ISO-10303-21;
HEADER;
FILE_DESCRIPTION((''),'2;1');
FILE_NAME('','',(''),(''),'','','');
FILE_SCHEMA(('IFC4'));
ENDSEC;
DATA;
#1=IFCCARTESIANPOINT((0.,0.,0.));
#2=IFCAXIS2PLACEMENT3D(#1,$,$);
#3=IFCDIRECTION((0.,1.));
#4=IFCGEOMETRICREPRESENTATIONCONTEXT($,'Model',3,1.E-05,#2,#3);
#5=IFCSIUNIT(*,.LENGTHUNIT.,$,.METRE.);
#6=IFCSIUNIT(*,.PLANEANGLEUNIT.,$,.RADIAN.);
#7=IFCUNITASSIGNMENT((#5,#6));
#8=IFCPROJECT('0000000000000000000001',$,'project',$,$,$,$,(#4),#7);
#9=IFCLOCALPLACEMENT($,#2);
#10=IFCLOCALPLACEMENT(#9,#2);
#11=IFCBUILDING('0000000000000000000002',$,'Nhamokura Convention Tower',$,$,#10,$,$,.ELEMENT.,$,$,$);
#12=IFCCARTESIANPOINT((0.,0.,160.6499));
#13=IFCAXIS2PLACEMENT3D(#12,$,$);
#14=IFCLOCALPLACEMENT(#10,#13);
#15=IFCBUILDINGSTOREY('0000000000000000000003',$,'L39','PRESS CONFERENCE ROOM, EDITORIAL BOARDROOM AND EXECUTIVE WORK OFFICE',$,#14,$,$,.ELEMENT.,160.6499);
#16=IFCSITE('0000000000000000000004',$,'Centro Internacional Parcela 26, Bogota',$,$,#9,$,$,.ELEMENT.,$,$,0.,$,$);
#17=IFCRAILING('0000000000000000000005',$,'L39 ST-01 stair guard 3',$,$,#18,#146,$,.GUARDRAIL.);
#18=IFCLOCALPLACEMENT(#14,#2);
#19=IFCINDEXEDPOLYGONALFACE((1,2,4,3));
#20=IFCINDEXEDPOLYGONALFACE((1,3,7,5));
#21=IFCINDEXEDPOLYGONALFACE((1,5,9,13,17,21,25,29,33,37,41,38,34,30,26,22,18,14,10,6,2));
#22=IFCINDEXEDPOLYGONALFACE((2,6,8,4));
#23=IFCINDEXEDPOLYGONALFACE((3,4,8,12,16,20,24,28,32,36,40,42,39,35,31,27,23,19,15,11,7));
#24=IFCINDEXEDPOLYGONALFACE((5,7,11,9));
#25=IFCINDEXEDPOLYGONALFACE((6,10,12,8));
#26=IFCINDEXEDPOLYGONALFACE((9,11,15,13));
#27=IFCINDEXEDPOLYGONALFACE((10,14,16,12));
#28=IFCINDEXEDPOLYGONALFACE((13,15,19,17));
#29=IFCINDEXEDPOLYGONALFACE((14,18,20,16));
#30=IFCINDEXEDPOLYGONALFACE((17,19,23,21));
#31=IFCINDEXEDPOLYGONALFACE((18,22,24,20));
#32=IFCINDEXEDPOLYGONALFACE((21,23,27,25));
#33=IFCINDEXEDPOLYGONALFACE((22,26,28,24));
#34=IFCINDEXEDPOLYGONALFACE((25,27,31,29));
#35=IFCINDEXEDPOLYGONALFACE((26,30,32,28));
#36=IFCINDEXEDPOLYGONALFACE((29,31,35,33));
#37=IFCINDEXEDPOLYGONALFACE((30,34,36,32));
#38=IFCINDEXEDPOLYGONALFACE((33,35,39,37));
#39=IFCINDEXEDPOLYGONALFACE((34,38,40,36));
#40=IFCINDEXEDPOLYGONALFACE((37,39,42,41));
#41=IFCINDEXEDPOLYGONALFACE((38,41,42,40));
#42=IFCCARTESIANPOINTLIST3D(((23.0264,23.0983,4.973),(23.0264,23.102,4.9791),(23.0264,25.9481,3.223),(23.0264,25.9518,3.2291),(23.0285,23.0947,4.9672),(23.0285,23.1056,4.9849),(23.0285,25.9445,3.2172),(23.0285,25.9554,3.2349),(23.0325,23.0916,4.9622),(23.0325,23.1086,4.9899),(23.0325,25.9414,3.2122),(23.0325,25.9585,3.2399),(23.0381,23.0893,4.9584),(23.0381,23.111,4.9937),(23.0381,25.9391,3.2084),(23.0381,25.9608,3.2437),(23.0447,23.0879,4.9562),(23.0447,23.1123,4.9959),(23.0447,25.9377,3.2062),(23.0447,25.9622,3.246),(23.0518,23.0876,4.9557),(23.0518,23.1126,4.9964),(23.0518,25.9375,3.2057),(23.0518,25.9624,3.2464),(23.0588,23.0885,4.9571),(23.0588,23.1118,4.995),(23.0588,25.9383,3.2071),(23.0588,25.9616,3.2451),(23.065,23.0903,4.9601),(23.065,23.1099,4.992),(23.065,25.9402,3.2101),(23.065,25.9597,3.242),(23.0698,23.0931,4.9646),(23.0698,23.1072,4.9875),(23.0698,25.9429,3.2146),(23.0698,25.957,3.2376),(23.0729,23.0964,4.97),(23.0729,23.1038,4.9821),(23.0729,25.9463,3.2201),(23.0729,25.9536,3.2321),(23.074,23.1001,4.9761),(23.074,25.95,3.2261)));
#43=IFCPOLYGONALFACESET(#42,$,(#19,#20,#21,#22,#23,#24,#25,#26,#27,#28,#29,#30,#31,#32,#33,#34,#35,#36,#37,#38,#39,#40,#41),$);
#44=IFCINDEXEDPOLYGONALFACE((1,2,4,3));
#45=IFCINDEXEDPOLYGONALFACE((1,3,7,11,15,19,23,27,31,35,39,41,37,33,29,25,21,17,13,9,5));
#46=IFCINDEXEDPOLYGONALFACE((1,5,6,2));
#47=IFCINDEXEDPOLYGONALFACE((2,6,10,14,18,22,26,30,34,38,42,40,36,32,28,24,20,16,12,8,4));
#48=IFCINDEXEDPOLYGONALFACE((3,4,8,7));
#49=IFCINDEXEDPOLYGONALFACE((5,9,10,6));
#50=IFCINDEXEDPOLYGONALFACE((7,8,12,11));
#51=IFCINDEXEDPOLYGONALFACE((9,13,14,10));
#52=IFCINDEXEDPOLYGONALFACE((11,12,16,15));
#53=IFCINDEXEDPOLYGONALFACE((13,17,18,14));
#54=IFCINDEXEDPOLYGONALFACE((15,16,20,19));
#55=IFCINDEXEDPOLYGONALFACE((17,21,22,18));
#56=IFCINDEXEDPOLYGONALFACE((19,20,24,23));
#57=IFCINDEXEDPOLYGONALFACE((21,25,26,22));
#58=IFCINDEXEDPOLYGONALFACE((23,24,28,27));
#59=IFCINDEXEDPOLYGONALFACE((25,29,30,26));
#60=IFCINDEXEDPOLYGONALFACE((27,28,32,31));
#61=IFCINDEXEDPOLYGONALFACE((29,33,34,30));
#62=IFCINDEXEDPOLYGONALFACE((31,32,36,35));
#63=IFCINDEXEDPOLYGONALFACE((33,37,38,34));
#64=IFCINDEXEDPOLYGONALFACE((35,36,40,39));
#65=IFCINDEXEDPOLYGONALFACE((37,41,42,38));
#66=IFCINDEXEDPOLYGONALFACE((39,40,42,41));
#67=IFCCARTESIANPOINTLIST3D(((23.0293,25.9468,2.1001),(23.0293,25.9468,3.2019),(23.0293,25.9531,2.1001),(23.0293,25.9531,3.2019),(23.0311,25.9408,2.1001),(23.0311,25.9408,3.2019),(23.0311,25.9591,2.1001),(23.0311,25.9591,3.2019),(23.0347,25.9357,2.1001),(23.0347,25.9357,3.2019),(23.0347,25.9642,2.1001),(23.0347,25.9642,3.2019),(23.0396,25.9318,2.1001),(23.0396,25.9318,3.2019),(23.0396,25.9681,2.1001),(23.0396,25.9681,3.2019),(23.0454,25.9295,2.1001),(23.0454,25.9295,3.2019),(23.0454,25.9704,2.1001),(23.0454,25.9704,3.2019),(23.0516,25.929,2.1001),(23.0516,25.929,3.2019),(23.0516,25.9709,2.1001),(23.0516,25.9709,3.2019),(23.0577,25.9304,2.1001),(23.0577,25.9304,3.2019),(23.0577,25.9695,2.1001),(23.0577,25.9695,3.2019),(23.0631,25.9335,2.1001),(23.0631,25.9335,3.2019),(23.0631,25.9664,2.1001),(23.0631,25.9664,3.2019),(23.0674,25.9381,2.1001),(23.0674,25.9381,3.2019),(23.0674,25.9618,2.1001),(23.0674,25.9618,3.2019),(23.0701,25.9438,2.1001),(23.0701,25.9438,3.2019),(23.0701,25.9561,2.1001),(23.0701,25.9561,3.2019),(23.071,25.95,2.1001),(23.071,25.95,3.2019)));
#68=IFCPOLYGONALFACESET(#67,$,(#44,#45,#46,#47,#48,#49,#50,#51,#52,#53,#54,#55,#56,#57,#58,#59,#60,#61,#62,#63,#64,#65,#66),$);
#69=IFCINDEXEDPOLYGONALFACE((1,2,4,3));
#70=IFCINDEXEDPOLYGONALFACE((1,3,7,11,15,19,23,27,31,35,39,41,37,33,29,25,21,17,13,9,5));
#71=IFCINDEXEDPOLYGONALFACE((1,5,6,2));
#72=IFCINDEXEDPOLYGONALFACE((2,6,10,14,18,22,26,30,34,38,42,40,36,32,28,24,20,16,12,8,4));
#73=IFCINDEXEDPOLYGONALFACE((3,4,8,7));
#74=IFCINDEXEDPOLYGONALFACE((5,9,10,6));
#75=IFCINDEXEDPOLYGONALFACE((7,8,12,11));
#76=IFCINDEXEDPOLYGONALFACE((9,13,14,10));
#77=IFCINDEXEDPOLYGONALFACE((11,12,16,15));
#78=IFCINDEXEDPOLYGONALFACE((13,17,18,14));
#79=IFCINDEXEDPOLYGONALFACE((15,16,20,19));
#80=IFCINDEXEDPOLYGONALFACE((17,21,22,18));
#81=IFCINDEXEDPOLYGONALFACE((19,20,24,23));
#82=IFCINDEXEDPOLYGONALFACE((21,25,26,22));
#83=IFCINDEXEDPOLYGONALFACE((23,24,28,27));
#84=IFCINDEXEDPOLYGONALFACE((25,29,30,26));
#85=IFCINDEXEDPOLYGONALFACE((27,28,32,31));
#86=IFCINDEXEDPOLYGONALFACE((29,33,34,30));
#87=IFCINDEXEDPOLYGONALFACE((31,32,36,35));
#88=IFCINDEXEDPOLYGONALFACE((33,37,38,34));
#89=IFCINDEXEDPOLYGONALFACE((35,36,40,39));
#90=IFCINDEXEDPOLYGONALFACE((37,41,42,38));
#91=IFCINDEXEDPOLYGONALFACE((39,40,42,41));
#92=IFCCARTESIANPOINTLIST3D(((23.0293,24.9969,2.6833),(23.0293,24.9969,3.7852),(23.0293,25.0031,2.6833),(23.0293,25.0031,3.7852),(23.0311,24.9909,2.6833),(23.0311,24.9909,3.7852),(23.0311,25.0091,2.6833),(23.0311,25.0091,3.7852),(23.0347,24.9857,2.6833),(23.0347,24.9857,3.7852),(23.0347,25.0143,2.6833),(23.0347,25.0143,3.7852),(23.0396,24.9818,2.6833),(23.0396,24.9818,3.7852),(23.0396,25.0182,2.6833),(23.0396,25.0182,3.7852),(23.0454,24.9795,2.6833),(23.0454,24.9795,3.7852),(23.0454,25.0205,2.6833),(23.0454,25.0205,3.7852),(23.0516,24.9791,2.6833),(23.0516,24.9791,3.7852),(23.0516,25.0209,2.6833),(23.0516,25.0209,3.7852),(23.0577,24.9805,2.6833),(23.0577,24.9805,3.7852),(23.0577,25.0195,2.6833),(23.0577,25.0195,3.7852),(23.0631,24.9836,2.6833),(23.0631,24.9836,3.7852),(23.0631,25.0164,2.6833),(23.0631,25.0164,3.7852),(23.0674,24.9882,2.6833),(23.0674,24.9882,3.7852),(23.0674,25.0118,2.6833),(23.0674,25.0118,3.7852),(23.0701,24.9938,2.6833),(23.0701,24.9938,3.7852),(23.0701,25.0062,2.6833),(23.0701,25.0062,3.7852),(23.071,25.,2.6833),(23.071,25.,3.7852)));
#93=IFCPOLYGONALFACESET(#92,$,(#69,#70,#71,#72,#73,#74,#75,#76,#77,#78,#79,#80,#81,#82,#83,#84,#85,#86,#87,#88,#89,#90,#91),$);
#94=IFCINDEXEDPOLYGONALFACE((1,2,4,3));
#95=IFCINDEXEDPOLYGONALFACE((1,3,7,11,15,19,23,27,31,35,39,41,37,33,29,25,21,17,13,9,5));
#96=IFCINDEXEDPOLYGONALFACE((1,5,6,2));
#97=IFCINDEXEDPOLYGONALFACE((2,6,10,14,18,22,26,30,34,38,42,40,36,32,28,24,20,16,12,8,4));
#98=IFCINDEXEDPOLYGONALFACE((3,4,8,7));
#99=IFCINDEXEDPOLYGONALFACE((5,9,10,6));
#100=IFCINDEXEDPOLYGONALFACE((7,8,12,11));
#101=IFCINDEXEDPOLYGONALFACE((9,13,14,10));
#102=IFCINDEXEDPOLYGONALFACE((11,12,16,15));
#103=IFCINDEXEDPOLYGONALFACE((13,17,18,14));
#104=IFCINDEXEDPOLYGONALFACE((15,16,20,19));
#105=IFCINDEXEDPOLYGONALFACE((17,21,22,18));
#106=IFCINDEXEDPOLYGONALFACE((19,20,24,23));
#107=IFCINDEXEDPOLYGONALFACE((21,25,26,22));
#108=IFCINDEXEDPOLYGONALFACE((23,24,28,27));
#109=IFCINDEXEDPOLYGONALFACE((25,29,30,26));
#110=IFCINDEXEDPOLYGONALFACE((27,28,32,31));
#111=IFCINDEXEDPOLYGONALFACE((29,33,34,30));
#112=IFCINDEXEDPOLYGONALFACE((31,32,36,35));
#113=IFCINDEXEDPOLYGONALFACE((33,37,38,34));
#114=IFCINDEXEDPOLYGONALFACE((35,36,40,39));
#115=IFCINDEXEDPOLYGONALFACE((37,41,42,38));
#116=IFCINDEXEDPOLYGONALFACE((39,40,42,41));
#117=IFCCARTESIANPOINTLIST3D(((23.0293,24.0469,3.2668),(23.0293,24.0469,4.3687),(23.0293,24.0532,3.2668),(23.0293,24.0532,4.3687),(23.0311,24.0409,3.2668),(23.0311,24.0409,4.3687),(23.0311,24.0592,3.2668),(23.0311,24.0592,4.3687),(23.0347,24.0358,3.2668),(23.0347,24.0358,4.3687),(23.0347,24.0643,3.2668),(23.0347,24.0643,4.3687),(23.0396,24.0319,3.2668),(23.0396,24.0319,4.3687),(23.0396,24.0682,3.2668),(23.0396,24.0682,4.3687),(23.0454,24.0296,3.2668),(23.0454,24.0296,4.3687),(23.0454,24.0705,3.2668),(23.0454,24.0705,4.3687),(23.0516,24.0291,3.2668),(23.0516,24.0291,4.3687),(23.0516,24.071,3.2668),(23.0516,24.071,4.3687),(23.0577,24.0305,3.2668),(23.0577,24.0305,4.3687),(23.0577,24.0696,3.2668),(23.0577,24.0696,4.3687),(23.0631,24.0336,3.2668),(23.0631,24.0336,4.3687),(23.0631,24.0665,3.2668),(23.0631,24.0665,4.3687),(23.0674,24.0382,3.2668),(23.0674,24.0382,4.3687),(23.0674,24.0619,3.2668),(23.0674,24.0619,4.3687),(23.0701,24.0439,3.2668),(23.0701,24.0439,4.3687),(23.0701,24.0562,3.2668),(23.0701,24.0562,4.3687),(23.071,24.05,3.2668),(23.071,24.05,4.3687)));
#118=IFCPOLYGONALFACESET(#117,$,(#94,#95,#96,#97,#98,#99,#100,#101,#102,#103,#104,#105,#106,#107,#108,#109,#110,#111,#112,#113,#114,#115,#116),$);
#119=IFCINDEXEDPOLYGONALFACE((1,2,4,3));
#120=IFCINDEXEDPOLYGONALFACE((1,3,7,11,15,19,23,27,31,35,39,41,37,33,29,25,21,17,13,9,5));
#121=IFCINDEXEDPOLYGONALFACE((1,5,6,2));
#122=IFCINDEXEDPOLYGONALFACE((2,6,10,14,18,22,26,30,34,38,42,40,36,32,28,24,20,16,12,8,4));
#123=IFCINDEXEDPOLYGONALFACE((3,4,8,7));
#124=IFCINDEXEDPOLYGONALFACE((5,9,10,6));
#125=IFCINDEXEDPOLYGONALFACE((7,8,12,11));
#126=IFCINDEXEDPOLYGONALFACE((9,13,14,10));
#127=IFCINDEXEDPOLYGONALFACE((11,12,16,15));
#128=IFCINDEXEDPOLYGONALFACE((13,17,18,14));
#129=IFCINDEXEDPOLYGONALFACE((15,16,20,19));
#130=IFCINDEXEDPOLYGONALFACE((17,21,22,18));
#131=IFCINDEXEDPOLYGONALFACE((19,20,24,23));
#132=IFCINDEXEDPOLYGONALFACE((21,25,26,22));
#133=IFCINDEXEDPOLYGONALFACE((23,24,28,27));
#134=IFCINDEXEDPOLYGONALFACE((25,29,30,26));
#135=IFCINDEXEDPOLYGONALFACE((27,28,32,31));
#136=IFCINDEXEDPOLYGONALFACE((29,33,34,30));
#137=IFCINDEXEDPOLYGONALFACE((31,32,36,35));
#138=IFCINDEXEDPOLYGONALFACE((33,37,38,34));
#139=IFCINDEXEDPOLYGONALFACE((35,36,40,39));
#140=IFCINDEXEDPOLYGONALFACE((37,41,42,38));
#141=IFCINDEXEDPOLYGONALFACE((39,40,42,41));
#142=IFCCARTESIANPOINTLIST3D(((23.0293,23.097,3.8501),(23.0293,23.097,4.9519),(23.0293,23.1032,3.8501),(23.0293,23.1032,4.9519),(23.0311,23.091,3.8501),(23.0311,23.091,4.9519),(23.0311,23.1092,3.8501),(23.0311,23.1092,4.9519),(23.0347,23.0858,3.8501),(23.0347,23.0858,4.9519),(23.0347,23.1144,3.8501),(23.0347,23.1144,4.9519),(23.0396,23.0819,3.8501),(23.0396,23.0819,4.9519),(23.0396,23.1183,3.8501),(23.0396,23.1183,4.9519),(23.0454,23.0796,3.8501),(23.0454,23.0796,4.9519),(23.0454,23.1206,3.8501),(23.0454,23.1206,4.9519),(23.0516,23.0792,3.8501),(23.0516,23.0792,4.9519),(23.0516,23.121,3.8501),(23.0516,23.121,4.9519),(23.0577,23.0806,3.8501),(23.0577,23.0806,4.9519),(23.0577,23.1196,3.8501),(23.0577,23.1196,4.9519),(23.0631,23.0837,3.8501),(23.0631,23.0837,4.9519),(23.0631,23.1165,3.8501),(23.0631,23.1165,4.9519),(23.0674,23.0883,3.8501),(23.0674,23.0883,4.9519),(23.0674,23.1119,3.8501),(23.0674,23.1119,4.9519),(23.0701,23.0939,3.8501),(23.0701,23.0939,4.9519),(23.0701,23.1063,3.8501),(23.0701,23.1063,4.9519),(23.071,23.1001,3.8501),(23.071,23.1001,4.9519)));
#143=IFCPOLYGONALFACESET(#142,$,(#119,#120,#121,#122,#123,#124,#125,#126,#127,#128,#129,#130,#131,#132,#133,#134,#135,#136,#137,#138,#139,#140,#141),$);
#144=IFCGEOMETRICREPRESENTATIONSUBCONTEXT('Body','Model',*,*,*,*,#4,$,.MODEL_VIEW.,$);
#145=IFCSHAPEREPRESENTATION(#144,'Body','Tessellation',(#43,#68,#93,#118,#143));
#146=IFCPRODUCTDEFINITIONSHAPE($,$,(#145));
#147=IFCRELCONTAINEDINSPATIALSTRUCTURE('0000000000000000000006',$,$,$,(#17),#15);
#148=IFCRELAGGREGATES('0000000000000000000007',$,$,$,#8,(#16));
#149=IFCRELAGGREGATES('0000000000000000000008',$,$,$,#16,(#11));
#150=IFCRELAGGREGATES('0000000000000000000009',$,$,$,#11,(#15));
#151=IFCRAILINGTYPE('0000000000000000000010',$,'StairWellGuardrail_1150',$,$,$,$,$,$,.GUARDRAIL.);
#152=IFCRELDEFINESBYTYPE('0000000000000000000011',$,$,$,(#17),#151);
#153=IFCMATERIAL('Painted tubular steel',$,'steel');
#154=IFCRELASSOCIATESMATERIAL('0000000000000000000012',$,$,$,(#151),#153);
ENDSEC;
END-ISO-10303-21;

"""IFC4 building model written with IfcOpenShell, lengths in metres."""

from ifc_helpers import new_model, si_unit, direction, frame, origin, origin_2d, place, context, subcontext, project, spatial, circle, extrude, material, type_object, element, save


model = new_model("IFC4")

# Units and contexts
model_context = context("Model", 3, precision=1e-05, world=origin(), true_north=direction((0.0, 1.0)))
body_context = subcontext(model_context, "Body", "Model", "MODEL_VIEW")
ifc_project = project(units=[si_unit("LENGTHUNIT", "METRE"), si_unit("PLANEANGLEUNIT", "RADIAN")], contexts=[model_context])

# Site, building, storey
site_placement = place(None, origin())
site = spatial("IfcSite", under=ifc_project, at=site_placement, Name="Centro Internacional Parcela 26, Bogota", CompositionType="ELEMENT", RefElevation=0.0)
building_placement = place(site_placement, origin())
building = spatial("IfcBuilding", under=site, at=building_placement, Name="Nhamokura Convention Tower", CompositionType="ELEMENT")
storey_placement = place(building_placement, frame((0.0, 0.0, 160.6499)))
storey = spatial("IfcBuildingStorey", under=building, at=storey_placement, Name="L39", Description="PRESS CONFERENCE ROOM, EDITORIAL BOARDROOM AND EXECUTIVE WORK OFFICE", CompositionType="ELEMENT", Elevation=160.6499)

# Railing
ifc_material_1 = material(Name="Painted tubular steel", Category="steel")
railing_type_1 = type_object("IfcRailingType", Name="StairWellGuardrail_1150", PredefinedType="GUARDRAIL", material=ifc_material_1)
railing_1_placement = place(storey_placement, frame((23.05, 25.95, 2.1001)))
element("IfcRailing", 1, at=railing_1_placement, inside=storey, type_object=railing_type_1, Name="L39 ST-01 stair guard 3", PredefinedType="GUARDRAIL", context=body_context, shape_type="SweptSolid", body=[
    extrude(circle(Radius=0.0239, at=origin_2d()), frame((0.0, 0.0, 1.126), z_axis=(0.0, -0.852159, 0.523283), x_axis=(1.0, 0.0, 0.0)), (0.0, 0.0, 1.0), 3.3442),
    extrude(circle(Radius=0.021, at=origin_2d()), origin(), (0.0, 0.0, 1.0), 1.1018),
    extrude(circle(Radius=0.021, at=origin_2d()), frame((0.0, -0.95, 0.5833)), (0.0, 0.0, 1.0), 1.1018),
    extrude(circle(Radius=0.021, at=origin_2d()), frame((0.0, -1.8999, 1.1667)), (0.0, 0.0, 1.0), 1.1018),
    extrude(circle(Radius=0.021, at=origin_2d()), frame((0.0, -2.8499, 1.75)), (0.0, 0.0, 1.0), 1.1018),
])

save(model, "model.ifc")
